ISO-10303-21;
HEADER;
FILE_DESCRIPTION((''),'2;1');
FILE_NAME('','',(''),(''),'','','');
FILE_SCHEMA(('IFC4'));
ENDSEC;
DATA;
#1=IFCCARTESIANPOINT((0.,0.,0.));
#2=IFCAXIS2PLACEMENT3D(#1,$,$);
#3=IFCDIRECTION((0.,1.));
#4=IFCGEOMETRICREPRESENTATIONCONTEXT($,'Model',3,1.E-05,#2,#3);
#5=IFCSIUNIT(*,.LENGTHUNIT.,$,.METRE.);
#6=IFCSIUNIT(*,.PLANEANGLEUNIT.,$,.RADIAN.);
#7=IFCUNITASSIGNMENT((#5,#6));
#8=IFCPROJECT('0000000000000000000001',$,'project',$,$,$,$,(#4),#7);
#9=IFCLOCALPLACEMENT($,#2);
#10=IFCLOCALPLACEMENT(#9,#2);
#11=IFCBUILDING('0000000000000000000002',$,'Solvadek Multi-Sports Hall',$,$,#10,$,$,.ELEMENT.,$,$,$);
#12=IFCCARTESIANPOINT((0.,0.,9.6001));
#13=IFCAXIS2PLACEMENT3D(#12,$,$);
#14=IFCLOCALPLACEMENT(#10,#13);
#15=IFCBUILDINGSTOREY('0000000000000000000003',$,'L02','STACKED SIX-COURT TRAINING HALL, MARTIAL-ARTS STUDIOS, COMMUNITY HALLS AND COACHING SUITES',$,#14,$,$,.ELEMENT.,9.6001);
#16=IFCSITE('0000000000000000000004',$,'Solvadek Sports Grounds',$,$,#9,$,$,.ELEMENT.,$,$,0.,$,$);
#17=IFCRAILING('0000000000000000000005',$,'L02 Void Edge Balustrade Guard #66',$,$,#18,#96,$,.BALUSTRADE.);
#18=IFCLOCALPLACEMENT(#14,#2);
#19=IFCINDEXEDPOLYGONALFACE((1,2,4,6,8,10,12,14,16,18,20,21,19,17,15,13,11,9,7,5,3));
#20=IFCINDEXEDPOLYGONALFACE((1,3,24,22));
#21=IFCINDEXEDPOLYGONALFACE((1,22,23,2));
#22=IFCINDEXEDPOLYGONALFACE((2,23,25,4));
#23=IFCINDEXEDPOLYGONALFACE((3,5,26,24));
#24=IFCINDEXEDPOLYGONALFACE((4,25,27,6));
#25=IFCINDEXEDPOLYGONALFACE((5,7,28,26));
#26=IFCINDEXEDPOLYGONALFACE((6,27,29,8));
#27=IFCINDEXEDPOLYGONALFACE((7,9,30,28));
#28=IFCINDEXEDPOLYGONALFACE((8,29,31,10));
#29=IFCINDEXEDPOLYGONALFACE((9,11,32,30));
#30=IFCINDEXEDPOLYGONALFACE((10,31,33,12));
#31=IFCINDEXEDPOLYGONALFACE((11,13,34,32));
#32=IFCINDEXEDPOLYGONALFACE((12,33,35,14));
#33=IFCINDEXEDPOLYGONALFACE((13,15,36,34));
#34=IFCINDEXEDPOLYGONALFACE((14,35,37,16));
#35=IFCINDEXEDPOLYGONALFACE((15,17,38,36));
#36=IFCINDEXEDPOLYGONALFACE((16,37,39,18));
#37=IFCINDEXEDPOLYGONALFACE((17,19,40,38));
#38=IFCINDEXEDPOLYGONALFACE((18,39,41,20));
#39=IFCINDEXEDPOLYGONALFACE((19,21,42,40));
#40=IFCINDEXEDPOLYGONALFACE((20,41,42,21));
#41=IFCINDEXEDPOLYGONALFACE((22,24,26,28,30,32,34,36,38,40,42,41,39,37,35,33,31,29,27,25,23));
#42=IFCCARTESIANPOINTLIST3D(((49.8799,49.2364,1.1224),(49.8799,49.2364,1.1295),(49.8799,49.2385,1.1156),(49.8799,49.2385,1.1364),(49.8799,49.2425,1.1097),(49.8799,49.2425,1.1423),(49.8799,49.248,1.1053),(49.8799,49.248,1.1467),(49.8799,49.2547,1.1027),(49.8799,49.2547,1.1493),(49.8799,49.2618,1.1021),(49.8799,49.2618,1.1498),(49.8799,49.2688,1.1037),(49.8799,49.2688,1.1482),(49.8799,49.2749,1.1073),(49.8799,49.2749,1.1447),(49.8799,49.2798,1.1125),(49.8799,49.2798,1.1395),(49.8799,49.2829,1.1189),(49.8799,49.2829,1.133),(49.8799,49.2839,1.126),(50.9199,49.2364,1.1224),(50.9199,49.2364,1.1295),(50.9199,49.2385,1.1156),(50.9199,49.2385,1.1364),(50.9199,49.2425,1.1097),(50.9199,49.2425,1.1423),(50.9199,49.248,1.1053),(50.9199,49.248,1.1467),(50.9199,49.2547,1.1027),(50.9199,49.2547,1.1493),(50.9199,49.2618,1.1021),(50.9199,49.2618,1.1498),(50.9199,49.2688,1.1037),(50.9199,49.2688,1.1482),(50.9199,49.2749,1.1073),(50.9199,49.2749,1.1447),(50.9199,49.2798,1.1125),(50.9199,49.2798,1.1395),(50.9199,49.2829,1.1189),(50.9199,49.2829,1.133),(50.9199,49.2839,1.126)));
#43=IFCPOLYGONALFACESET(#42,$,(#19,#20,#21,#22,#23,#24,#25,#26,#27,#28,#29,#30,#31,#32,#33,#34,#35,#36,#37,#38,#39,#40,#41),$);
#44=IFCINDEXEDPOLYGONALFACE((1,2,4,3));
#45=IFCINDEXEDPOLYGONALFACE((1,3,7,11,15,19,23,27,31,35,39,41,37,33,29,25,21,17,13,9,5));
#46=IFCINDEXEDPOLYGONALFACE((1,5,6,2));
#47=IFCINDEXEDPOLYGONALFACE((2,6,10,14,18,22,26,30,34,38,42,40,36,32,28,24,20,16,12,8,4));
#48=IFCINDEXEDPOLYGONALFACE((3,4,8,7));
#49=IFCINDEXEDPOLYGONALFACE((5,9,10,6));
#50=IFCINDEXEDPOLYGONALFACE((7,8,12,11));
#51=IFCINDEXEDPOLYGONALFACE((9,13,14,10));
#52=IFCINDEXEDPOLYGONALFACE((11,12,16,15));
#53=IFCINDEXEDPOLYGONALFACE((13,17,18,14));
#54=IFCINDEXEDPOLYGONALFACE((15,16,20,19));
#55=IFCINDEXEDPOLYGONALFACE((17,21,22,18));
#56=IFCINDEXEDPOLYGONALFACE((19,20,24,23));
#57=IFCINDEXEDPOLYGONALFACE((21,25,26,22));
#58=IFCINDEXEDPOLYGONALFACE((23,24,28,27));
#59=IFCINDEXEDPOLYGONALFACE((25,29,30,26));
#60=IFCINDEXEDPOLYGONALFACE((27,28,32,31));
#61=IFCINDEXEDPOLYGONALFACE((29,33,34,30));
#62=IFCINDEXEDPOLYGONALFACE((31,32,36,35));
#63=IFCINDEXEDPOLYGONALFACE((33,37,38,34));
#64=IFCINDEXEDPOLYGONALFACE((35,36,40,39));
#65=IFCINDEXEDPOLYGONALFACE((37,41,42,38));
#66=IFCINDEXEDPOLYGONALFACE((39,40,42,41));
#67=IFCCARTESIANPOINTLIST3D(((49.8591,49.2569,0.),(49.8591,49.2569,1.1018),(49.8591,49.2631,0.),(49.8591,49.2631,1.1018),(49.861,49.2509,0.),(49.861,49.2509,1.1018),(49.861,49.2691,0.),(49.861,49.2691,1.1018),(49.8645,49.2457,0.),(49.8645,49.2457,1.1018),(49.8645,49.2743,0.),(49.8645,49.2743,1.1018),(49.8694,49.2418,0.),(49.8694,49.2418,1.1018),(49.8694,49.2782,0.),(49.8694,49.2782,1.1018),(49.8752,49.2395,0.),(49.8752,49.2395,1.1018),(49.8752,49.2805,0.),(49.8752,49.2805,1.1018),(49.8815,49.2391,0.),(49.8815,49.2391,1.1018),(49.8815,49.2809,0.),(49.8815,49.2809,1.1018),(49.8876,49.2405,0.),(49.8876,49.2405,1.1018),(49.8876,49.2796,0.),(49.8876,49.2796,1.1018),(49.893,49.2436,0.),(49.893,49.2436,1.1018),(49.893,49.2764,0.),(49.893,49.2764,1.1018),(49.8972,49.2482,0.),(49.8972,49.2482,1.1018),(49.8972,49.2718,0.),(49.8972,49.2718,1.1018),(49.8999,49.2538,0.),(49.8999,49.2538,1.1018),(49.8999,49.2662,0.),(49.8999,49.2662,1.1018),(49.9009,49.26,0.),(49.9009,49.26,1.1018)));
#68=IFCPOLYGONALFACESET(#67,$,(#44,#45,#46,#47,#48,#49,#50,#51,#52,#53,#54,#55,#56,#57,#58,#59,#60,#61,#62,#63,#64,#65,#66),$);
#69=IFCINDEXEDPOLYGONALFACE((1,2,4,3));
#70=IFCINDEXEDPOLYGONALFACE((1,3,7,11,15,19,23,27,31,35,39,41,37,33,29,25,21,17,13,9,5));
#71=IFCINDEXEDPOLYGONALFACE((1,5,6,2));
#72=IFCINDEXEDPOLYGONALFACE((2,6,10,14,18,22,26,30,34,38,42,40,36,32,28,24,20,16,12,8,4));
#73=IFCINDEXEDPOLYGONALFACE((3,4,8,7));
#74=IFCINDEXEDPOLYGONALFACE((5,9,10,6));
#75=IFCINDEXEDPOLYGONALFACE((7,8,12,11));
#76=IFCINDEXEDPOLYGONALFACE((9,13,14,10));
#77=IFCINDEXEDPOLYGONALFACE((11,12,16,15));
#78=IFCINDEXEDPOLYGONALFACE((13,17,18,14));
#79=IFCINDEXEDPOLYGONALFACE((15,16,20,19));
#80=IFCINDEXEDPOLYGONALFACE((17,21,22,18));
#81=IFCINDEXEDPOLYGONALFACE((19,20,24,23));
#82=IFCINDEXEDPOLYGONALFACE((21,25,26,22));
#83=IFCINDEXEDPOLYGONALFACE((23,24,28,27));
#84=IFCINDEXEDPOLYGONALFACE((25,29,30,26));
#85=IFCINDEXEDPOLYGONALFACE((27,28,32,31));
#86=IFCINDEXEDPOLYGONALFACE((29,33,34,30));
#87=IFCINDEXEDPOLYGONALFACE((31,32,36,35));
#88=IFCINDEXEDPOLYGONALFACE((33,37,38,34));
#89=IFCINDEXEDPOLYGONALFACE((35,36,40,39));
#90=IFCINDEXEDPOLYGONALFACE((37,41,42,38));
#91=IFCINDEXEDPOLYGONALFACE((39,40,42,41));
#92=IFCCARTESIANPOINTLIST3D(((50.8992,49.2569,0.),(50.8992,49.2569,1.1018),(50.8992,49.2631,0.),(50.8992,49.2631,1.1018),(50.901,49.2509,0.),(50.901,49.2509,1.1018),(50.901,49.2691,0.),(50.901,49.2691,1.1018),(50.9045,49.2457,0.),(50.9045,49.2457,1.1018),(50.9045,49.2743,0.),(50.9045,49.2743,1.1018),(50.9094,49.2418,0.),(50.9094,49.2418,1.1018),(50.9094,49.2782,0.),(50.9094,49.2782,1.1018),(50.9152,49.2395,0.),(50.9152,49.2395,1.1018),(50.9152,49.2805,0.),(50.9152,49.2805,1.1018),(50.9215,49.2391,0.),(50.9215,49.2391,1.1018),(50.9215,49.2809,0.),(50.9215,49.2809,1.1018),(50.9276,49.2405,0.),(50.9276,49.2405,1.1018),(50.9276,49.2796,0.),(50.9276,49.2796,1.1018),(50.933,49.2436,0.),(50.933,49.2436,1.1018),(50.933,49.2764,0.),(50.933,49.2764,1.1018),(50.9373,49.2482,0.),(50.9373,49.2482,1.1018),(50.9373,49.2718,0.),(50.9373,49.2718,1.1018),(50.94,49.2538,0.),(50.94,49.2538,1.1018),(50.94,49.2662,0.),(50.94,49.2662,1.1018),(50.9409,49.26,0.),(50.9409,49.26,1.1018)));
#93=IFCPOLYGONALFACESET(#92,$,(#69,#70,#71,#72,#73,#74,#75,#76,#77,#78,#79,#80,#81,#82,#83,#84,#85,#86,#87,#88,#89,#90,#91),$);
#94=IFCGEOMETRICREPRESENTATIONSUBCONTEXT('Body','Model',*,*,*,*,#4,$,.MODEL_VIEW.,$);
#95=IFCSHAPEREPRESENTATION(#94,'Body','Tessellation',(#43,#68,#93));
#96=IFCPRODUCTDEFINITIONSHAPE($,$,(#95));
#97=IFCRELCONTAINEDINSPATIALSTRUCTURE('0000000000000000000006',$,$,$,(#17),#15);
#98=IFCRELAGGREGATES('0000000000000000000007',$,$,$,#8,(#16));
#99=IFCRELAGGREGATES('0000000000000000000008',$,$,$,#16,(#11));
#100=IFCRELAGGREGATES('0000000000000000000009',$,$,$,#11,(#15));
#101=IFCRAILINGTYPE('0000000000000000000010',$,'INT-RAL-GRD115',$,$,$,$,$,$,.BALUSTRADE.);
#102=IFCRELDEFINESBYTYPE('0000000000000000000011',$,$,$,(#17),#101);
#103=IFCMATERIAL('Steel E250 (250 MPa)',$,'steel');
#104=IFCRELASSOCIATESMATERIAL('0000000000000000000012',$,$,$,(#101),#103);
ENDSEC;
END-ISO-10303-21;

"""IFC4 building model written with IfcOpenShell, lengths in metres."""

from ifc_helpers import new_model, si_unit, direction, frame, origin, origin_2d, place, context, subcontext, project, spatial, circle, extrude, material, type_object, element, save


model = new_model("IFC4")

# Units and contexts
model_context = context("Model", 3, precision=1e-05, world=origin(), true_north=direction((0.0, 1.0)))
body_context = subcontext(model_context, "Body", "Model", "MODEL_VIEW")
ifc_project = project(units=[si_unit("LENGTHUNIT", "METRE"), si_unit("PLANEANGLEUNIT", "RADIAN")], contexts=[model_context])

# Site, building, storey
site_placement = place(None, origin())
site = spatial("IfcSite", under=ifc_project, at=site_placement, Name="Solvadek Sports Grounds", CompositionType="ELEMENT", RefElevation=0.0)
building_placement = place(site_placement, origin())
building = spatial("IfcBuilding", under=site, at=building_placement, Name="Solvadek Multi-Sports Hall", CompositionType="ELEMENT")
storey_placement = place(building_placement, frame((0.0, 0.0, 9.6001)))
storey = spatial("IfcBuildingStorey", under=building, at=storey_placement, Name="L02", Description="STACKED SIX-COURT TRAINING HALL, MARTIAL-ARTS STUDIOS, COMMUNITY HALLS AND COACHING SUITES", CompositionType="ELEMENT", Elevation=9.6001)

# Railing
ifc_material_1 = material(Name="Steel E250 (250 MPa)", Category="steel")
railing_type = type_object("IfcRailingType", Name="INT-RAL-GRD115", PredefinedType="BALUSTRADE", material=ifc_material_1)
railing_placement = place(storey_placement, frame((49.8799, 49.26, 0.0)))
element("IfcRailing", 1, at=railing_placement, inside=storey, type_object=railing_type, Name="L02 Void Edge Balustrade Guard #66", PredefinedType="BALUSTRADE", context=body_context, shape_type="SweptSolid", body=[
    extrude(circle(Radius=0.0239, at=origin_2d()), frame((0.0, 0.0, 1.126), z_axis=(1.0, 0.0, 0.0), x_axis=(0.0, 1.0, 0.0)), (0.0, 0.0, 1.0), 1.04),
    extrude(circle(Radius=0.021, at=origin_2d()), origin(), (0.0, 0.0, 1.0), 1.1018),
    extrude(circle(Radius=0.021, at=origin_2d()), frame((1.04, 0.0, 0.0)), (0.0, 0.0, 1.0), 1.1018),
])

save(model, "model.ifc")
